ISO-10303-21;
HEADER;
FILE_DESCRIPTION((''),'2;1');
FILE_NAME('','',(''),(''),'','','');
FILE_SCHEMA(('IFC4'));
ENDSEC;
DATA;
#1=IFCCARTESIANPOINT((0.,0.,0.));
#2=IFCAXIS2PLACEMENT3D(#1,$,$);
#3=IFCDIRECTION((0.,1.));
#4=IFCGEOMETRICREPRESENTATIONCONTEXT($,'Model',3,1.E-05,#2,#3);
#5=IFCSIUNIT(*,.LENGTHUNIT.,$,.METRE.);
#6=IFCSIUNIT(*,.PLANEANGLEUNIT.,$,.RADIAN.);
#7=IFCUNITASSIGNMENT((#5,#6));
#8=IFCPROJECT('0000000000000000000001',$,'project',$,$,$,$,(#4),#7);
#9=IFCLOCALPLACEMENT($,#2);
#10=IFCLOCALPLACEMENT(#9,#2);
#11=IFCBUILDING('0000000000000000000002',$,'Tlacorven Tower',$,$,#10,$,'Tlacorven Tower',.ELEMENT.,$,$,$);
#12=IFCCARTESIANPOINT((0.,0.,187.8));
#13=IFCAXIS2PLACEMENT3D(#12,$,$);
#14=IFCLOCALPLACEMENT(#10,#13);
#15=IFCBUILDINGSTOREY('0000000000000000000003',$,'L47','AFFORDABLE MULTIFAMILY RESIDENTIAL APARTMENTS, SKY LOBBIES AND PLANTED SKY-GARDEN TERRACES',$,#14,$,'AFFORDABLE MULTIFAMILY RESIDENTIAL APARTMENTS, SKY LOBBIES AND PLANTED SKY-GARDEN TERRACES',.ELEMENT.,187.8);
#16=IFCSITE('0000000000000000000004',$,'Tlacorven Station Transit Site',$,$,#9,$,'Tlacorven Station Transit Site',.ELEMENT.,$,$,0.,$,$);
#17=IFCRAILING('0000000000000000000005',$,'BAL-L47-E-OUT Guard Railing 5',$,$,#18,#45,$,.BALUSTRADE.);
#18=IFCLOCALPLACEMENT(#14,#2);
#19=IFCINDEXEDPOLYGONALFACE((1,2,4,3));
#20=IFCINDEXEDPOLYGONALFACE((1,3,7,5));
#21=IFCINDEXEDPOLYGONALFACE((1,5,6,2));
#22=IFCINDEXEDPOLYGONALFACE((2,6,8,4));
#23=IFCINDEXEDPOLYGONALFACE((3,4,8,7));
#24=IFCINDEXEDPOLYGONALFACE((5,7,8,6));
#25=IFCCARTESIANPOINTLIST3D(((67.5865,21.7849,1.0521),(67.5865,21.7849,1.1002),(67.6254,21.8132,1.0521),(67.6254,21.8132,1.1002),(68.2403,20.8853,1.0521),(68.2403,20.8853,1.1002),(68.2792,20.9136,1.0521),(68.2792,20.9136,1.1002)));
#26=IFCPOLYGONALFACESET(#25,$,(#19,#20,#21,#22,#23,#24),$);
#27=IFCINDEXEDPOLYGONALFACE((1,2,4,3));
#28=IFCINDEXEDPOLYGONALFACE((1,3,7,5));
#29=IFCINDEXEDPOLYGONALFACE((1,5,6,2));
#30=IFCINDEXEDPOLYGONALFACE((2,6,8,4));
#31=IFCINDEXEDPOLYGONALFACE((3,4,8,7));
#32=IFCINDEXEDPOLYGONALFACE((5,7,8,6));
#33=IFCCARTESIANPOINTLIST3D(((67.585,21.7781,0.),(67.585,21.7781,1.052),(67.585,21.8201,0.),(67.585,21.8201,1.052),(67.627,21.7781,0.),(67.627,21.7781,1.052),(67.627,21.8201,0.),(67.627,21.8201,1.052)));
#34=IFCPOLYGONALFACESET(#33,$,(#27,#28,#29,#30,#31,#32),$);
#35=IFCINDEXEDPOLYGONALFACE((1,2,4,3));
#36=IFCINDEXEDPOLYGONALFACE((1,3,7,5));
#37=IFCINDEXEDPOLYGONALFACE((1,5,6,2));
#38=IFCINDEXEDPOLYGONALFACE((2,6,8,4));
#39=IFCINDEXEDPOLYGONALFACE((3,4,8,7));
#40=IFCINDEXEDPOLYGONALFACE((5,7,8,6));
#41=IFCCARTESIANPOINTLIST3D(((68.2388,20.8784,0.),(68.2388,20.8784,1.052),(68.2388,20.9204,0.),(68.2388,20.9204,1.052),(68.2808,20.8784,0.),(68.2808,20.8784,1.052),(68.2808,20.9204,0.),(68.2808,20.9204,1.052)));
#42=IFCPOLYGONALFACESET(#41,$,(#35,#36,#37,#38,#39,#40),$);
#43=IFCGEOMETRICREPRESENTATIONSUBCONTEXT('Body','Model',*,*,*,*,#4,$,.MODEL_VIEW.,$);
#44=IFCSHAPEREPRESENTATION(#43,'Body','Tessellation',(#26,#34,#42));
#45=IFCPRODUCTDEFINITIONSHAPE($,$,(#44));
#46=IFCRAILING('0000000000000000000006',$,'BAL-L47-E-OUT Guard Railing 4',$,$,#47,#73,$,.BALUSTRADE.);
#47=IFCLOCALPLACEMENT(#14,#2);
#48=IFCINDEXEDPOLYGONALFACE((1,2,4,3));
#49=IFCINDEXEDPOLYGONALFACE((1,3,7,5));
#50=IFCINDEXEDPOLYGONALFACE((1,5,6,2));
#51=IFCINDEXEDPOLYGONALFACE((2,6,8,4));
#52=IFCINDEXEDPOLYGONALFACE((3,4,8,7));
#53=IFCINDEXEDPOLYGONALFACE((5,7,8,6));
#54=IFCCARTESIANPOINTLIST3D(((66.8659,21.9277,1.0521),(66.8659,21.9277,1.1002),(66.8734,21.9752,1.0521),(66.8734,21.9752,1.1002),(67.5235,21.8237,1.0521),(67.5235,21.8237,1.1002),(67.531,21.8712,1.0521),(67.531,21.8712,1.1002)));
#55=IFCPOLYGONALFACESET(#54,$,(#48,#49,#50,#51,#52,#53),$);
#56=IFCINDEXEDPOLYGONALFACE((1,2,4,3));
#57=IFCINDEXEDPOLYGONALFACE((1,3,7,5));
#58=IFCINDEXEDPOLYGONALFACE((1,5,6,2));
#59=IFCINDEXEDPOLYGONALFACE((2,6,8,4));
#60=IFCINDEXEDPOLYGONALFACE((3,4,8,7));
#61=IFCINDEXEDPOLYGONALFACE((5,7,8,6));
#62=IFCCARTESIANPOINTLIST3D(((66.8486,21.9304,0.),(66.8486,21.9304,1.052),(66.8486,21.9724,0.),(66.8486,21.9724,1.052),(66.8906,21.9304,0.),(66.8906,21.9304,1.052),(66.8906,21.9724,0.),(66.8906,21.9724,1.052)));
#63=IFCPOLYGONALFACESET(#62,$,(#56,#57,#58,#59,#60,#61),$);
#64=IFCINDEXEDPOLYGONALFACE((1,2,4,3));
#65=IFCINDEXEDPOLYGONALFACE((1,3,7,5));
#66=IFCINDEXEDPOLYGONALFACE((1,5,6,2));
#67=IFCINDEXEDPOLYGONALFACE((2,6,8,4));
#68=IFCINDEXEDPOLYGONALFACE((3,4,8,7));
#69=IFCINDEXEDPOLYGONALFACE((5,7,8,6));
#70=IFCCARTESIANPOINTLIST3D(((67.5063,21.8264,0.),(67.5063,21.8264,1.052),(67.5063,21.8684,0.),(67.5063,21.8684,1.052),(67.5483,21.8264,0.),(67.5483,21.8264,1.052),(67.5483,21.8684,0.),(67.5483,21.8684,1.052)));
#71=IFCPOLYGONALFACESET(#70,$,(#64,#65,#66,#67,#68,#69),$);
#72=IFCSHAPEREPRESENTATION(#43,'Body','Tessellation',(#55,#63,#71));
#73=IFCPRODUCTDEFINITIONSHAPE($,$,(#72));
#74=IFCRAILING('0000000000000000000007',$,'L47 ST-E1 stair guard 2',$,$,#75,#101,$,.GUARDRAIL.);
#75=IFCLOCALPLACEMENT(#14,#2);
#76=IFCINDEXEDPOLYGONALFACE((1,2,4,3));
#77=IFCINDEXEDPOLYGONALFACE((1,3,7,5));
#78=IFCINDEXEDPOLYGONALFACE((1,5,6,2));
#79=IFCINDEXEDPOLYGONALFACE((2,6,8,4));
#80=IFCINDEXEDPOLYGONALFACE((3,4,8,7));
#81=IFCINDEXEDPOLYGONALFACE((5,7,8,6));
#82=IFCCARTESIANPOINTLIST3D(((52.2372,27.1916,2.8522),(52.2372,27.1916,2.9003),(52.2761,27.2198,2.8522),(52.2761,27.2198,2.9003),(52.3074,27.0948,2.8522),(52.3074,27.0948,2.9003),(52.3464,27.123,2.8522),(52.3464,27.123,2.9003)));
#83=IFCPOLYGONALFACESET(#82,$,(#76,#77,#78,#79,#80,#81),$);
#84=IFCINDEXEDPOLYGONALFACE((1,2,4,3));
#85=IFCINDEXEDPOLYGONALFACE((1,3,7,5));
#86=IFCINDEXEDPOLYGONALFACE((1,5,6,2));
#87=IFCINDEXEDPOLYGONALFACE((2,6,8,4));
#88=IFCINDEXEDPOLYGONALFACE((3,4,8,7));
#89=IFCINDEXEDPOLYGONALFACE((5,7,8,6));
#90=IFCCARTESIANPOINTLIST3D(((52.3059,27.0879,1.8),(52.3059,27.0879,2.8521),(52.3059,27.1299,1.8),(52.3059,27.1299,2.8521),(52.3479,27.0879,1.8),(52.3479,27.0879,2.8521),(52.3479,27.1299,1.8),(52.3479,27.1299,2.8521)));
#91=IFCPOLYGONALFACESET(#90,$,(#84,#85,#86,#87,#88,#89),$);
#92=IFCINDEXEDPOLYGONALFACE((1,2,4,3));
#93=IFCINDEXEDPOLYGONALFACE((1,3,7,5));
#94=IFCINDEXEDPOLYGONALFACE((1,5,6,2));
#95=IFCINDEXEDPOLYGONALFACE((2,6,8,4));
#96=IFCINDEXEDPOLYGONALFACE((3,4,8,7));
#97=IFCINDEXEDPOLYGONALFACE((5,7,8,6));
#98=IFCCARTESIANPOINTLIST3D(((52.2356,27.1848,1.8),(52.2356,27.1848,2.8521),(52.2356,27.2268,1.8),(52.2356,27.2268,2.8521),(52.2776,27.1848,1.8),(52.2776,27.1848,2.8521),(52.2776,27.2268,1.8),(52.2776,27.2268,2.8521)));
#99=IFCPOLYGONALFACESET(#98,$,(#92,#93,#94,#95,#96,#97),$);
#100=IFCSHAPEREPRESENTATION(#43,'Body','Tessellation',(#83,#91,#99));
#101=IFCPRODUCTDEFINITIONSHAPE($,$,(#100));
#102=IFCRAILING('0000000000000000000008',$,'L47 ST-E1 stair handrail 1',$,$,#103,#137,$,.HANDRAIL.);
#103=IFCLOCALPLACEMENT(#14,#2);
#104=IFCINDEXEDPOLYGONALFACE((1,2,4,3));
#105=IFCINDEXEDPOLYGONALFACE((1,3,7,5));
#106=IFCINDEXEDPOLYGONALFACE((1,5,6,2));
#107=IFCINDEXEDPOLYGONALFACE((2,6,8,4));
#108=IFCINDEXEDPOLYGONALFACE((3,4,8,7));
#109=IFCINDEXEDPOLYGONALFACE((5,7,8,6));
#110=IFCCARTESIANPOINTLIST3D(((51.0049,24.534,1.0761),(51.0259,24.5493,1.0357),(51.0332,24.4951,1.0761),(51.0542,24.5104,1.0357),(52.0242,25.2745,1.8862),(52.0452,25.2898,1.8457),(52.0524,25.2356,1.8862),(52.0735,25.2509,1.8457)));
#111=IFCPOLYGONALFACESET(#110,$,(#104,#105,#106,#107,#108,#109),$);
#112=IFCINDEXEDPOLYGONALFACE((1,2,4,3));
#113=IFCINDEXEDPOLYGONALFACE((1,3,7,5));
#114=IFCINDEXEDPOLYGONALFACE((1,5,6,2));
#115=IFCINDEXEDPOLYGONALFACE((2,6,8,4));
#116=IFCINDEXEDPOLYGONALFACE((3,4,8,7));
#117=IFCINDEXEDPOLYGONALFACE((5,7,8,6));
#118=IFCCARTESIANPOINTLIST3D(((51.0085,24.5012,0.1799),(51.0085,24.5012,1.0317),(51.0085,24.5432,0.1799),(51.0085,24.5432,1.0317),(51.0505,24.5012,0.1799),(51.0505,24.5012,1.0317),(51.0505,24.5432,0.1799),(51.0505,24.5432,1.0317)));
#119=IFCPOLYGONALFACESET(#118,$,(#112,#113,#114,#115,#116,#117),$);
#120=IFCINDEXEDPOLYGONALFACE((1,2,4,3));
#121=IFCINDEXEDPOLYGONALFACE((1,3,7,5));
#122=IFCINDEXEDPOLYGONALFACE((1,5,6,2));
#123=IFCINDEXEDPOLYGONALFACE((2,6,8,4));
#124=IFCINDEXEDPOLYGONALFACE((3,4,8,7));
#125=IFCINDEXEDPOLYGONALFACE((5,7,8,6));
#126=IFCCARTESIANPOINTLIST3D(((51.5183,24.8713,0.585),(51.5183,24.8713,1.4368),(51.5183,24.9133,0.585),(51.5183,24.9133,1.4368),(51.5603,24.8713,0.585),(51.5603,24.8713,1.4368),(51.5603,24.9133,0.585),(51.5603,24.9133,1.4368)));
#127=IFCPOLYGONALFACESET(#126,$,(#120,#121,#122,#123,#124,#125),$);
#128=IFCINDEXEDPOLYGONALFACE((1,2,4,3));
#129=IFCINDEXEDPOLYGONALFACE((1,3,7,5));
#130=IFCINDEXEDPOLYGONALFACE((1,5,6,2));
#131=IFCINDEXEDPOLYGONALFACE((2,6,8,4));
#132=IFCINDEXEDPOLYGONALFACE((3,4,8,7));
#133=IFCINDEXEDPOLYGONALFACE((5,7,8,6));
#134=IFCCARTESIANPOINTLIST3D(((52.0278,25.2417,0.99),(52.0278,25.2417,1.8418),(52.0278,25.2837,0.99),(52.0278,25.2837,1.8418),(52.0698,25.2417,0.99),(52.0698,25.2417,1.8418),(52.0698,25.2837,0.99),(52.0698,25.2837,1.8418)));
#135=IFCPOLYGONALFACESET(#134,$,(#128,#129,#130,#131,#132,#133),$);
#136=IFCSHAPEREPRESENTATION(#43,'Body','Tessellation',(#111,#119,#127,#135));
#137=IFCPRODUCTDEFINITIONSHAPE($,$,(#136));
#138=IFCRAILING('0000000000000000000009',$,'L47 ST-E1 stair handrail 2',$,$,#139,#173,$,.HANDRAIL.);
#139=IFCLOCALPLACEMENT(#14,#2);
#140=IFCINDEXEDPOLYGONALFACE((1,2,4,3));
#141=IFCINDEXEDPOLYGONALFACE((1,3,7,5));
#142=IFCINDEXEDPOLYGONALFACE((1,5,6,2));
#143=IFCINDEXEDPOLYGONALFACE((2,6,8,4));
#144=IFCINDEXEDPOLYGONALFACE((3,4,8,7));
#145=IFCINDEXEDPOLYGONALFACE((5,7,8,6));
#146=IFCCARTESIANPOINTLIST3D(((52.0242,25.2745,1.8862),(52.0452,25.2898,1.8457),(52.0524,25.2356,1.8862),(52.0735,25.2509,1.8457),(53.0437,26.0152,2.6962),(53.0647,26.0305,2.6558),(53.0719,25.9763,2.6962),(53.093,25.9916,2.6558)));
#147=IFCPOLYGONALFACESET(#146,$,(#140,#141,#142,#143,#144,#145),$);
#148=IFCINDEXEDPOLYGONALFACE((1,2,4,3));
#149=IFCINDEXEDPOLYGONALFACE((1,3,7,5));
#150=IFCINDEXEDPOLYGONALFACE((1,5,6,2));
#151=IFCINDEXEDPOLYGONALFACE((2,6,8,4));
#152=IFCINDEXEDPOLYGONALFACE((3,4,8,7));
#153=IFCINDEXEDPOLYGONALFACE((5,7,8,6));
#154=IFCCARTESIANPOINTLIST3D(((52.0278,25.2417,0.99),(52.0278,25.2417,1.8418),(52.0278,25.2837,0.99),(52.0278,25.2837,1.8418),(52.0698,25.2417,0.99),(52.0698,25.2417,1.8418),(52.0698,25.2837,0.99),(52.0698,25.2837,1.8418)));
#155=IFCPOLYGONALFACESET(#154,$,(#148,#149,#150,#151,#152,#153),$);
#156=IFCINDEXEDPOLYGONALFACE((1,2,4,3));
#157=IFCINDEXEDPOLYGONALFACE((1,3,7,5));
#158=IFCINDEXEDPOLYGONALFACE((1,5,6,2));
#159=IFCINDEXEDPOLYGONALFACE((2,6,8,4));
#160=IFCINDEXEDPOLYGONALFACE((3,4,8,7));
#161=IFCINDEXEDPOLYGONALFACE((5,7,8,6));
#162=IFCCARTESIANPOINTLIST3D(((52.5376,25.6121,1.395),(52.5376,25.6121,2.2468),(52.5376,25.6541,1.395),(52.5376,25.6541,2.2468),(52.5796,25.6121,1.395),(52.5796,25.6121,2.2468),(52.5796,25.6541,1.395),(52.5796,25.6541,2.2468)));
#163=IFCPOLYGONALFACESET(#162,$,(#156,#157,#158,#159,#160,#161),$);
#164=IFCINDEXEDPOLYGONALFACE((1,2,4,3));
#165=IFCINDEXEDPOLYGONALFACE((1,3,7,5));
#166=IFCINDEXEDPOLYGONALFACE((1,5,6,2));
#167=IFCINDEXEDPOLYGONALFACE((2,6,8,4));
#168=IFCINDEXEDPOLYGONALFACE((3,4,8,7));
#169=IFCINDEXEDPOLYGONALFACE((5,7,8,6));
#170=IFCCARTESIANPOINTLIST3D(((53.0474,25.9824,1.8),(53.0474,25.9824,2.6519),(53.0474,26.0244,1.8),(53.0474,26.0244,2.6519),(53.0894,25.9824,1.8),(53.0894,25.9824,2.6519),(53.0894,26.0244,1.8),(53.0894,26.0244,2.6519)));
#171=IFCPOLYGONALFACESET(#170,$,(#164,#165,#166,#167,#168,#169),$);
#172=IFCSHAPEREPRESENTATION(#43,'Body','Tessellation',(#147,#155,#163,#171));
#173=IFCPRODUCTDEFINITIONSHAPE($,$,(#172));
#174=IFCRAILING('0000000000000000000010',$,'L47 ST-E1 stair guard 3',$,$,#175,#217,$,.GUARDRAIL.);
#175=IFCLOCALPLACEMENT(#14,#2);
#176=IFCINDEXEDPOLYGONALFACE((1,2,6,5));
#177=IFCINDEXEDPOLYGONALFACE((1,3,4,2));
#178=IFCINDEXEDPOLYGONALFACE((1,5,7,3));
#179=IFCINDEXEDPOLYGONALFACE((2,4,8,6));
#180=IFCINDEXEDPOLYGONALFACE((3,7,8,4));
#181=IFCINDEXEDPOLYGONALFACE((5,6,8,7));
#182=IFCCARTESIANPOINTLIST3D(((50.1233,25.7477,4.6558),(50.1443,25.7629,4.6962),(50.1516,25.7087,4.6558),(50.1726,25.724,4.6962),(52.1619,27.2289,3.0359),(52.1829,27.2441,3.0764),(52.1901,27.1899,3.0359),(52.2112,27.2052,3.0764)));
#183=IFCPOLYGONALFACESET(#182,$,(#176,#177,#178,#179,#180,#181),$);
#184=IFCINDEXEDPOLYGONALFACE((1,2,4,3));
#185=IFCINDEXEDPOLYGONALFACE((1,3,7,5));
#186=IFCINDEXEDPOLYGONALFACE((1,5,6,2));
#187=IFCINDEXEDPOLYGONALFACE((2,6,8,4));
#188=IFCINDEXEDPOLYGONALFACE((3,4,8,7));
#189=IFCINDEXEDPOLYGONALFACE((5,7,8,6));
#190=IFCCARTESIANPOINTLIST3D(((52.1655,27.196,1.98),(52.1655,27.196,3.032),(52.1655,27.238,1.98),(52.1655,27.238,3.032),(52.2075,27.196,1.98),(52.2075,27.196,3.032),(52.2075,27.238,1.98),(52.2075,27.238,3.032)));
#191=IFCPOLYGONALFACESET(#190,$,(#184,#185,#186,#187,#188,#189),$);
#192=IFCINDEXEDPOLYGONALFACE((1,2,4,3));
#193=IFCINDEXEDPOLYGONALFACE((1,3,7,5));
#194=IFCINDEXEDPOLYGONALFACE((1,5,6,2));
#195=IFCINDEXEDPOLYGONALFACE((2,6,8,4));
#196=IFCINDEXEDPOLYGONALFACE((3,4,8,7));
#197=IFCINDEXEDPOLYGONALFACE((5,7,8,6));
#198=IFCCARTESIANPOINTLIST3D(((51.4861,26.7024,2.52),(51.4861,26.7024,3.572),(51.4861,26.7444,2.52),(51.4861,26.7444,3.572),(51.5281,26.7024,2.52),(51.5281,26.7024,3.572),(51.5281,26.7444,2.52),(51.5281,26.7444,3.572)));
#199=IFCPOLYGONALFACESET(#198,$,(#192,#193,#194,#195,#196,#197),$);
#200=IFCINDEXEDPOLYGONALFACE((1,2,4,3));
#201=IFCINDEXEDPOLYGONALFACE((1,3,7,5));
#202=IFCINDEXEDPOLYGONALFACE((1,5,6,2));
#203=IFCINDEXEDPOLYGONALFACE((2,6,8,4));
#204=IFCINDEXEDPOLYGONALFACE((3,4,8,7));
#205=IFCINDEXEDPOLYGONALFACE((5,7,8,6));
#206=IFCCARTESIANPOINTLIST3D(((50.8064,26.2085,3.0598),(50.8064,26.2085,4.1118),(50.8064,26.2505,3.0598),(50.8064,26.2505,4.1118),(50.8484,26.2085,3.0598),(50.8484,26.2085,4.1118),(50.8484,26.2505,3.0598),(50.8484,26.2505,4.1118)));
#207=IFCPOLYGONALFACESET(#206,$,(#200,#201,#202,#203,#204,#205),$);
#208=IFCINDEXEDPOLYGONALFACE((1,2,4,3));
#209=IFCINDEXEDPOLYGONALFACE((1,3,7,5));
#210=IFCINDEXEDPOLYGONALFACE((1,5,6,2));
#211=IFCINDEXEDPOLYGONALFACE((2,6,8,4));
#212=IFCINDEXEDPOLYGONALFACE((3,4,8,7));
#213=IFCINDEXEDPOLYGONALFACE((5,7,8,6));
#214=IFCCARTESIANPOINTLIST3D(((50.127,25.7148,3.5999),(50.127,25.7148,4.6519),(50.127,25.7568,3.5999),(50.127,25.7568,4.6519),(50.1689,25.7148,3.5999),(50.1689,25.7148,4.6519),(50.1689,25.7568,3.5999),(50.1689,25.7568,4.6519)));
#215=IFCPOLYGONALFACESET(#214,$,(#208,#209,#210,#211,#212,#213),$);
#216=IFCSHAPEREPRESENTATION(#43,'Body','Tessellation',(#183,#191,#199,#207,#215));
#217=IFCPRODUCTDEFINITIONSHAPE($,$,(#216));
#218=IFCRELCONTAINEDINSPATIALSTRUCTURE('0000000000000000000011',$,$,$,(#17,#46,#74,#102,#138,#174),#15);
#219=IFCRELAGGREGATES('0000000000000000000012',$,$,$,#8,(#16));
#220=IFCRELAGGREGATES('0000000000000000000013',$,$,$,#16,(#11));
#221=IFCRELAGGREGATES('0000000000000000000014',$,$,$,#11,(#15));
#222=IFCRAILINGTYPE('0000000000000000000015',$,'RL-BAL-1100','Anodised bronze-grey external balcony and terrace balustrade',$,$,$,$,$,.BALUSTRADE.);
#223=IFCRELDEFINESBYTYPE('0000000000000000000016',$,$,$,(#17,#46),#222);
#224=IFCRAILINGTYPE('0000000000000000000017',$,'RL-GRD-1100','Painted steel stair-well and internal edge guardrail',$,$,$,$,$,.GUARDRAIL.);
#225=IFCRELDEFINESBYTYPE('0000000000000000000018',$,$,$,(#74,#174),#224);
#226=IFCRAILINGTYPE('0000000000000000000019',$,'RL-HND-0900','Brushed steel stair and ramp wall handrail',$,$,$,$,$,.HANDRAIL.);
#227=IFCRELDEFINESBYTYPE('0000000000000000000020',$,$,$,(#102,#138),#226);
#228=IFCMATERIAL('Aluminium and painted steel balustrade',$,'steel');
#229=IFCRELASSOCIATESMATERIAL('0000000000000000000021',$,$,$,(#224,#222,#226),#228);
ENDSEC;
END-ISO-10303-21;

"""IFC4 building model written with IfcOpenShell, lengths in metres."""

from ifc_helpers import new_model, si_unit, direction, frame, origin, origin_2d, place, context, subcontext, project, spatial, rectangle, extrude, source, transform, mapped, material, type_object, element, save


model = new_model("IFC4")

# Units and contexts
model_context = context("Model", 3, precision=1e-05, world=origin(), true_north=direction((0.0, 1.0)))
body_context = subcontext(model_context, "Body", "Model", "MODEL_VIEW")
ifc_project = project(units=[si_unit("LENGTHUNIT", "METRE"), si_unit("PLANEANGLEUNIT", "RADIAN")], contexts=[model_context])

# Site, building, storey
site_placement = place(None, origin())
site = spatial("IfcSite", under=ifc_project, at=site_placement, Name="Tlacorven Station Transit Site", LongName="Tlacorven Station Transit Site", CompositionType="ELEMENT", RefElevation=0.0)
building_placement = place(site_placement, origin())
building = spatial("IfcBuilding", under=site, at=building_placement, Name="Tlacorven Tower", LongName="Tlacorven Tower", CompositionType="ELEMENT")
storey_placement = place(building_placement, frame((0.0, 0.0, 187.8)))
storey = spatial("IfcBuildingStorey", under=building, at=storey_placement, Name="L47", Description="AFFORDABLE MULTIFAMILY RESIDENTIAL APARTMENTS, SKY LOBBIES AND PLANTED SKY-GARDEN TERRACES", LongName="AFFORDABLE MULTIFAMILY RESIDENTIAL APARTMENTS, SKY LOBBIES AND PLANTED SKY-GARDEN TERRACES", CompositionType="ELEMENT", Elevation=187.8)

# Railings
ifc_material_1 = material(Name="Aluminium and painted steel balustrade", Category="steel")
railing_type_1 = type_object("IfcRailingType", Name="RL-GRD-1100", Description="Painted steel stair-well and internal edge guardrail", PredefinedType="GUARDRAIL", material=ifc_material_1)
railing_type_2 = type_object("IfcRailingType", Name="RL-BAL-1100", Description="Anodised bronze-grey external balcony and terrace balustrade", PredefinedType="BALUSTRADE", material=ifc_material_1)
shared_shape_1 = source(origin(), body_context, "Body", "SweptSolid", [
    extrude(rectangle(XDim=0.0481, YDim=0.0481, at=origin_2d()), frame((0.0, 0.0, 1.0762), z_axis=(0.587884, -0.808945, 0.0), x_axis=(0.808945, 0.587884, 0.0)), (0.0, 0.0, 1.0), 1.1121),
    extrude(rectangle(XDim=0.042, YDim=0.042, at=origin_2d()), origin(), (0.0, 0.0, 1.0), 1.052),
    extrude(rectangle(XDim=0.042, YDim=0.042, at=origin_2d()), frame((0.6538, -0.8997, 0.0)), (0.0, 0.0, 1.0), 1.052),
])
railing_1_placement = place(storey_placement, frame((67.606, 21.7991, 0.0)))
element("IfcRailing", 1, at=railing_1_placement, inside=storey, type_object=railing_type_2, Name="BAL-L47-E-OUT Guard Railing 5", PredefinedType="BALUSTRADE", context=body_context, shape_type="MappedRepresentation", body=[
    mapped(shared_shape_1, transform((0.0, 0.0, 0.0), scale=1.0)),
])
shared_shape_2 = source(origin(), body_context, "Body", "SweptSolid", [
    extrude(rectangle(XDim=0.0481, YDim=0.0481, at=origin_2d()), frame((0.0, 0.0, 1.0762), z_axis=(0.987727, -0.156188, 0.0), x_axis=(0.156188, 0.987727, 0.0)), (0.0, 0.0, 1.0), 0.6658),
    extrude(rectangle(XDim=0.042, YDim=0.042, at=origin_2d()), origin(), (0.0, 0.0, 1.0), 1.052),
    extrude(rectangle(XDim=0.042, YDim=0.042, at=origin_2d()), frame((0.6577, -0.104, 0.0)), (0.0, 0.0, 1.0), 1.052),
])
railing_2_placement = place(storey_placement, frame((66.8696, 21.9514, 0.0)))
element("IfcRailing", 2, at=railing_2_placement, inside=storey, type_object=railing_type_2, Name="BAL-L47-E-OUT Guard Railing 4", PredefinedType="BALUSTRADE", context=body_context, shape_type="MappedRepresentation", body=[
    mapped(shared_shape_2, transform((0.0, 0.0, 0.0), scale=1.0)),
])
shared_shape_3 = source(origin(), body_context, "Body", "SweptSolid", [
    extrude(rectangle(XDim=0.0481, YDim=0.0481, at=origin_2d()), frame((0.0, 0.0, 1.0762), z_axis=(-0.587201, 0.809441, 0.0), x_axis=(-0.809441, -0.587201, 0.0)), (0.0, 0.0, 1.0), 0.1196),
    extrude(rectangle(XDim=0.042, YDim=0.042, at=origin_2d()), origin(), (0.0, 0.0, 1.0), 1.052),
    extrude(rectangle(XDim=0.042, YDim=0.042, at=origin_2d()), frame((-0.0703, 0.0969, 0.0)), (0.0, 0.0, 1.0), 1.052),
])
railing_3_placement = place(storey_placement, frame((52.3269, 27.1089, 1.8)))
element("IfcRailing", 3, at=railing_3_placement, inside=storey, type_object=railing_type_1, Name="L47 ST-E1 stair guard 2", PredefinedType="GUARDRAIL", context=body_context, shape_type="MappedRepresentation", body=[
    mapped(shared_shape_3, transform((0.0, 0.0, 0.0), scale=1.0)),
])
railing_type_3 = type_object("IfcRailingType", Name="RL-HND-0900", Description="Brushed steel stair and ramp wall handrail", PredefinedType="HANDRAIL", material=ifc_material_1)
shared_shape_4 = source(origin(), body_context, "Body", "SweptSolid", [
    extrude(rectangle(XDim=0.0481, YDim=0.0481, at=origin_2d()), frame((0.0, 0.0, 0.876), z_axis=(0.680516, 0.494373, 0.540827), x_axis=(-0.587745, 0.809046, 0.0)), (0.0, 0.0, 1.0), 1.4978),
    extrude(rectangle(XDim=0.042, YDim=0.042, at=origin_2d()), origin(), (0.0, 0.0, 1.0), 0.8518),
    extrude(rectangle(XDim=0.042, YDim=0.042, at=origin_2d()), frame((0.5098, 0.3701, 0.405)), (0.0, 0.0, 1.0), 0.8518),
    extrude(rectangle(XDim=0.042, YDim=0.042, at=origin_2d()), frame((1.0193, 0.7405, 0.8101)), (0.0, 0.0, 1.0), 0.8518),
])
railing_4_placement = place(storey_placement, frame((51.0295, 24.5222, 0.1799)))
element("IfcRailing", 4, at=railing_4_placement, inside=storey, type_object=railing_type_3, Name="L47 ST-E1 stair handrail 1", PredefinedType="HANDRAIL", context=body_context, shape_type="MappedRepresentation", body=[
    mapped(shared_shape_4, transform((0.0, 0.0, 0.0), scale=1.0)),
])
shared_shape_5 = source(origin(), body_context, "Body", "SweptSolid", [
    extrude(rectangle(XDim=0.0481, YDim=0.0481, at=origin_2d()), frame((0.0, 0.0, 0.876), z_axis=(0.680549, 0.494441, 0.540723), x_axis=(-0.58778, 0.809021, 0.0)), (0.0, 0.0, 1.0), 1.498),
    extrude(rectangle(XDim=0.042, YDim=0.042, at=origin_2d()), origin(), (0.0, 0.0, 1.0), 0.8518),
    extrude(rectangle(XDim=0.042, YDim=0.042, at=origin_2d()), frame((0.5098, 0.3704, 0.405)), (0.0, 0.0, 1.0), 0.8518),
    extrude(rectangle(XDim=0.042, YDim=0.042, at=origin_2d()), frame((1.0195, 0.7407, 0.8101)), (0.0, 0.0, 1.0), 0.8518),
])
railing_5_placement = place(storey_placement, frame((52.0488, 25.2627, 0.99)))
element("IfcRailing", 5, at=railing_5_placement, inside=storey, type_object=railing_type_3, Name="L47 ST-E1 stair handrail 2", PredefinedType="HANDRAIL", context=body_context, shape_type="MappedRepresentation", body=[
    mapped(shared_shape_5, transform((0.0, 0.0, 0.0), scale=1.0)),
])
shared_shape_6 = source(origin(), body_context, "Body", "SweptSolid", [
    extrude(rectangle(XDim=0.0481, YDim=0.0481, at=origin_2d()), frame((0.0, 0.0, 1.0762), z_axis=(-0.680519, -0.494456, 0.540747), x_axis=(0.587809, -0.809, 0.0)), (0.0, 0.0, 1.0), 2.9956),
    extrude(rectangle(XDim=0.042, YDim=0.042, at=origin_2d()), origin(), (0.0, 0.0, 1.0), 1.052),
    extrude(rectangle(XDim=0.042, YDim=0.042, at=origin_2d()), frame((-0.6794, -0.4937, 0.54)), (0.0, 0.0, 1.0), 1.052),
    extrude(rectangle(XDim=0.042, YDim=0.042, at=origin_2d()), frame((-1.3591, -0.9875, 1.0798)), (0.0, 0.0, 1.0), 1.052),
    extrude(rectangle(XDim=0.042, YDim=0.042, at=origin_2d()), frame((-2.0386, -1.4812, 1.6199)), (0.0, 0.0, 1.0), 1.052),
])
railing_6_placement = place(storey_placement, frame((52.1865, 27.217, 1.98)))
element("IfcRailing", 6, at=railing_6_placement, inside=storey, type_object=railing_type_1, Name="L47 ST-E1 stair guard 3", PredefinedType="GUARDRAIL", context=body_context, shape_type="MappedRepresentation", body=[
    mapped(shared_shape_6, transform((0.0, 0.0, 0.0), scale=1.0)),
])

save(model, "model.ifc")
